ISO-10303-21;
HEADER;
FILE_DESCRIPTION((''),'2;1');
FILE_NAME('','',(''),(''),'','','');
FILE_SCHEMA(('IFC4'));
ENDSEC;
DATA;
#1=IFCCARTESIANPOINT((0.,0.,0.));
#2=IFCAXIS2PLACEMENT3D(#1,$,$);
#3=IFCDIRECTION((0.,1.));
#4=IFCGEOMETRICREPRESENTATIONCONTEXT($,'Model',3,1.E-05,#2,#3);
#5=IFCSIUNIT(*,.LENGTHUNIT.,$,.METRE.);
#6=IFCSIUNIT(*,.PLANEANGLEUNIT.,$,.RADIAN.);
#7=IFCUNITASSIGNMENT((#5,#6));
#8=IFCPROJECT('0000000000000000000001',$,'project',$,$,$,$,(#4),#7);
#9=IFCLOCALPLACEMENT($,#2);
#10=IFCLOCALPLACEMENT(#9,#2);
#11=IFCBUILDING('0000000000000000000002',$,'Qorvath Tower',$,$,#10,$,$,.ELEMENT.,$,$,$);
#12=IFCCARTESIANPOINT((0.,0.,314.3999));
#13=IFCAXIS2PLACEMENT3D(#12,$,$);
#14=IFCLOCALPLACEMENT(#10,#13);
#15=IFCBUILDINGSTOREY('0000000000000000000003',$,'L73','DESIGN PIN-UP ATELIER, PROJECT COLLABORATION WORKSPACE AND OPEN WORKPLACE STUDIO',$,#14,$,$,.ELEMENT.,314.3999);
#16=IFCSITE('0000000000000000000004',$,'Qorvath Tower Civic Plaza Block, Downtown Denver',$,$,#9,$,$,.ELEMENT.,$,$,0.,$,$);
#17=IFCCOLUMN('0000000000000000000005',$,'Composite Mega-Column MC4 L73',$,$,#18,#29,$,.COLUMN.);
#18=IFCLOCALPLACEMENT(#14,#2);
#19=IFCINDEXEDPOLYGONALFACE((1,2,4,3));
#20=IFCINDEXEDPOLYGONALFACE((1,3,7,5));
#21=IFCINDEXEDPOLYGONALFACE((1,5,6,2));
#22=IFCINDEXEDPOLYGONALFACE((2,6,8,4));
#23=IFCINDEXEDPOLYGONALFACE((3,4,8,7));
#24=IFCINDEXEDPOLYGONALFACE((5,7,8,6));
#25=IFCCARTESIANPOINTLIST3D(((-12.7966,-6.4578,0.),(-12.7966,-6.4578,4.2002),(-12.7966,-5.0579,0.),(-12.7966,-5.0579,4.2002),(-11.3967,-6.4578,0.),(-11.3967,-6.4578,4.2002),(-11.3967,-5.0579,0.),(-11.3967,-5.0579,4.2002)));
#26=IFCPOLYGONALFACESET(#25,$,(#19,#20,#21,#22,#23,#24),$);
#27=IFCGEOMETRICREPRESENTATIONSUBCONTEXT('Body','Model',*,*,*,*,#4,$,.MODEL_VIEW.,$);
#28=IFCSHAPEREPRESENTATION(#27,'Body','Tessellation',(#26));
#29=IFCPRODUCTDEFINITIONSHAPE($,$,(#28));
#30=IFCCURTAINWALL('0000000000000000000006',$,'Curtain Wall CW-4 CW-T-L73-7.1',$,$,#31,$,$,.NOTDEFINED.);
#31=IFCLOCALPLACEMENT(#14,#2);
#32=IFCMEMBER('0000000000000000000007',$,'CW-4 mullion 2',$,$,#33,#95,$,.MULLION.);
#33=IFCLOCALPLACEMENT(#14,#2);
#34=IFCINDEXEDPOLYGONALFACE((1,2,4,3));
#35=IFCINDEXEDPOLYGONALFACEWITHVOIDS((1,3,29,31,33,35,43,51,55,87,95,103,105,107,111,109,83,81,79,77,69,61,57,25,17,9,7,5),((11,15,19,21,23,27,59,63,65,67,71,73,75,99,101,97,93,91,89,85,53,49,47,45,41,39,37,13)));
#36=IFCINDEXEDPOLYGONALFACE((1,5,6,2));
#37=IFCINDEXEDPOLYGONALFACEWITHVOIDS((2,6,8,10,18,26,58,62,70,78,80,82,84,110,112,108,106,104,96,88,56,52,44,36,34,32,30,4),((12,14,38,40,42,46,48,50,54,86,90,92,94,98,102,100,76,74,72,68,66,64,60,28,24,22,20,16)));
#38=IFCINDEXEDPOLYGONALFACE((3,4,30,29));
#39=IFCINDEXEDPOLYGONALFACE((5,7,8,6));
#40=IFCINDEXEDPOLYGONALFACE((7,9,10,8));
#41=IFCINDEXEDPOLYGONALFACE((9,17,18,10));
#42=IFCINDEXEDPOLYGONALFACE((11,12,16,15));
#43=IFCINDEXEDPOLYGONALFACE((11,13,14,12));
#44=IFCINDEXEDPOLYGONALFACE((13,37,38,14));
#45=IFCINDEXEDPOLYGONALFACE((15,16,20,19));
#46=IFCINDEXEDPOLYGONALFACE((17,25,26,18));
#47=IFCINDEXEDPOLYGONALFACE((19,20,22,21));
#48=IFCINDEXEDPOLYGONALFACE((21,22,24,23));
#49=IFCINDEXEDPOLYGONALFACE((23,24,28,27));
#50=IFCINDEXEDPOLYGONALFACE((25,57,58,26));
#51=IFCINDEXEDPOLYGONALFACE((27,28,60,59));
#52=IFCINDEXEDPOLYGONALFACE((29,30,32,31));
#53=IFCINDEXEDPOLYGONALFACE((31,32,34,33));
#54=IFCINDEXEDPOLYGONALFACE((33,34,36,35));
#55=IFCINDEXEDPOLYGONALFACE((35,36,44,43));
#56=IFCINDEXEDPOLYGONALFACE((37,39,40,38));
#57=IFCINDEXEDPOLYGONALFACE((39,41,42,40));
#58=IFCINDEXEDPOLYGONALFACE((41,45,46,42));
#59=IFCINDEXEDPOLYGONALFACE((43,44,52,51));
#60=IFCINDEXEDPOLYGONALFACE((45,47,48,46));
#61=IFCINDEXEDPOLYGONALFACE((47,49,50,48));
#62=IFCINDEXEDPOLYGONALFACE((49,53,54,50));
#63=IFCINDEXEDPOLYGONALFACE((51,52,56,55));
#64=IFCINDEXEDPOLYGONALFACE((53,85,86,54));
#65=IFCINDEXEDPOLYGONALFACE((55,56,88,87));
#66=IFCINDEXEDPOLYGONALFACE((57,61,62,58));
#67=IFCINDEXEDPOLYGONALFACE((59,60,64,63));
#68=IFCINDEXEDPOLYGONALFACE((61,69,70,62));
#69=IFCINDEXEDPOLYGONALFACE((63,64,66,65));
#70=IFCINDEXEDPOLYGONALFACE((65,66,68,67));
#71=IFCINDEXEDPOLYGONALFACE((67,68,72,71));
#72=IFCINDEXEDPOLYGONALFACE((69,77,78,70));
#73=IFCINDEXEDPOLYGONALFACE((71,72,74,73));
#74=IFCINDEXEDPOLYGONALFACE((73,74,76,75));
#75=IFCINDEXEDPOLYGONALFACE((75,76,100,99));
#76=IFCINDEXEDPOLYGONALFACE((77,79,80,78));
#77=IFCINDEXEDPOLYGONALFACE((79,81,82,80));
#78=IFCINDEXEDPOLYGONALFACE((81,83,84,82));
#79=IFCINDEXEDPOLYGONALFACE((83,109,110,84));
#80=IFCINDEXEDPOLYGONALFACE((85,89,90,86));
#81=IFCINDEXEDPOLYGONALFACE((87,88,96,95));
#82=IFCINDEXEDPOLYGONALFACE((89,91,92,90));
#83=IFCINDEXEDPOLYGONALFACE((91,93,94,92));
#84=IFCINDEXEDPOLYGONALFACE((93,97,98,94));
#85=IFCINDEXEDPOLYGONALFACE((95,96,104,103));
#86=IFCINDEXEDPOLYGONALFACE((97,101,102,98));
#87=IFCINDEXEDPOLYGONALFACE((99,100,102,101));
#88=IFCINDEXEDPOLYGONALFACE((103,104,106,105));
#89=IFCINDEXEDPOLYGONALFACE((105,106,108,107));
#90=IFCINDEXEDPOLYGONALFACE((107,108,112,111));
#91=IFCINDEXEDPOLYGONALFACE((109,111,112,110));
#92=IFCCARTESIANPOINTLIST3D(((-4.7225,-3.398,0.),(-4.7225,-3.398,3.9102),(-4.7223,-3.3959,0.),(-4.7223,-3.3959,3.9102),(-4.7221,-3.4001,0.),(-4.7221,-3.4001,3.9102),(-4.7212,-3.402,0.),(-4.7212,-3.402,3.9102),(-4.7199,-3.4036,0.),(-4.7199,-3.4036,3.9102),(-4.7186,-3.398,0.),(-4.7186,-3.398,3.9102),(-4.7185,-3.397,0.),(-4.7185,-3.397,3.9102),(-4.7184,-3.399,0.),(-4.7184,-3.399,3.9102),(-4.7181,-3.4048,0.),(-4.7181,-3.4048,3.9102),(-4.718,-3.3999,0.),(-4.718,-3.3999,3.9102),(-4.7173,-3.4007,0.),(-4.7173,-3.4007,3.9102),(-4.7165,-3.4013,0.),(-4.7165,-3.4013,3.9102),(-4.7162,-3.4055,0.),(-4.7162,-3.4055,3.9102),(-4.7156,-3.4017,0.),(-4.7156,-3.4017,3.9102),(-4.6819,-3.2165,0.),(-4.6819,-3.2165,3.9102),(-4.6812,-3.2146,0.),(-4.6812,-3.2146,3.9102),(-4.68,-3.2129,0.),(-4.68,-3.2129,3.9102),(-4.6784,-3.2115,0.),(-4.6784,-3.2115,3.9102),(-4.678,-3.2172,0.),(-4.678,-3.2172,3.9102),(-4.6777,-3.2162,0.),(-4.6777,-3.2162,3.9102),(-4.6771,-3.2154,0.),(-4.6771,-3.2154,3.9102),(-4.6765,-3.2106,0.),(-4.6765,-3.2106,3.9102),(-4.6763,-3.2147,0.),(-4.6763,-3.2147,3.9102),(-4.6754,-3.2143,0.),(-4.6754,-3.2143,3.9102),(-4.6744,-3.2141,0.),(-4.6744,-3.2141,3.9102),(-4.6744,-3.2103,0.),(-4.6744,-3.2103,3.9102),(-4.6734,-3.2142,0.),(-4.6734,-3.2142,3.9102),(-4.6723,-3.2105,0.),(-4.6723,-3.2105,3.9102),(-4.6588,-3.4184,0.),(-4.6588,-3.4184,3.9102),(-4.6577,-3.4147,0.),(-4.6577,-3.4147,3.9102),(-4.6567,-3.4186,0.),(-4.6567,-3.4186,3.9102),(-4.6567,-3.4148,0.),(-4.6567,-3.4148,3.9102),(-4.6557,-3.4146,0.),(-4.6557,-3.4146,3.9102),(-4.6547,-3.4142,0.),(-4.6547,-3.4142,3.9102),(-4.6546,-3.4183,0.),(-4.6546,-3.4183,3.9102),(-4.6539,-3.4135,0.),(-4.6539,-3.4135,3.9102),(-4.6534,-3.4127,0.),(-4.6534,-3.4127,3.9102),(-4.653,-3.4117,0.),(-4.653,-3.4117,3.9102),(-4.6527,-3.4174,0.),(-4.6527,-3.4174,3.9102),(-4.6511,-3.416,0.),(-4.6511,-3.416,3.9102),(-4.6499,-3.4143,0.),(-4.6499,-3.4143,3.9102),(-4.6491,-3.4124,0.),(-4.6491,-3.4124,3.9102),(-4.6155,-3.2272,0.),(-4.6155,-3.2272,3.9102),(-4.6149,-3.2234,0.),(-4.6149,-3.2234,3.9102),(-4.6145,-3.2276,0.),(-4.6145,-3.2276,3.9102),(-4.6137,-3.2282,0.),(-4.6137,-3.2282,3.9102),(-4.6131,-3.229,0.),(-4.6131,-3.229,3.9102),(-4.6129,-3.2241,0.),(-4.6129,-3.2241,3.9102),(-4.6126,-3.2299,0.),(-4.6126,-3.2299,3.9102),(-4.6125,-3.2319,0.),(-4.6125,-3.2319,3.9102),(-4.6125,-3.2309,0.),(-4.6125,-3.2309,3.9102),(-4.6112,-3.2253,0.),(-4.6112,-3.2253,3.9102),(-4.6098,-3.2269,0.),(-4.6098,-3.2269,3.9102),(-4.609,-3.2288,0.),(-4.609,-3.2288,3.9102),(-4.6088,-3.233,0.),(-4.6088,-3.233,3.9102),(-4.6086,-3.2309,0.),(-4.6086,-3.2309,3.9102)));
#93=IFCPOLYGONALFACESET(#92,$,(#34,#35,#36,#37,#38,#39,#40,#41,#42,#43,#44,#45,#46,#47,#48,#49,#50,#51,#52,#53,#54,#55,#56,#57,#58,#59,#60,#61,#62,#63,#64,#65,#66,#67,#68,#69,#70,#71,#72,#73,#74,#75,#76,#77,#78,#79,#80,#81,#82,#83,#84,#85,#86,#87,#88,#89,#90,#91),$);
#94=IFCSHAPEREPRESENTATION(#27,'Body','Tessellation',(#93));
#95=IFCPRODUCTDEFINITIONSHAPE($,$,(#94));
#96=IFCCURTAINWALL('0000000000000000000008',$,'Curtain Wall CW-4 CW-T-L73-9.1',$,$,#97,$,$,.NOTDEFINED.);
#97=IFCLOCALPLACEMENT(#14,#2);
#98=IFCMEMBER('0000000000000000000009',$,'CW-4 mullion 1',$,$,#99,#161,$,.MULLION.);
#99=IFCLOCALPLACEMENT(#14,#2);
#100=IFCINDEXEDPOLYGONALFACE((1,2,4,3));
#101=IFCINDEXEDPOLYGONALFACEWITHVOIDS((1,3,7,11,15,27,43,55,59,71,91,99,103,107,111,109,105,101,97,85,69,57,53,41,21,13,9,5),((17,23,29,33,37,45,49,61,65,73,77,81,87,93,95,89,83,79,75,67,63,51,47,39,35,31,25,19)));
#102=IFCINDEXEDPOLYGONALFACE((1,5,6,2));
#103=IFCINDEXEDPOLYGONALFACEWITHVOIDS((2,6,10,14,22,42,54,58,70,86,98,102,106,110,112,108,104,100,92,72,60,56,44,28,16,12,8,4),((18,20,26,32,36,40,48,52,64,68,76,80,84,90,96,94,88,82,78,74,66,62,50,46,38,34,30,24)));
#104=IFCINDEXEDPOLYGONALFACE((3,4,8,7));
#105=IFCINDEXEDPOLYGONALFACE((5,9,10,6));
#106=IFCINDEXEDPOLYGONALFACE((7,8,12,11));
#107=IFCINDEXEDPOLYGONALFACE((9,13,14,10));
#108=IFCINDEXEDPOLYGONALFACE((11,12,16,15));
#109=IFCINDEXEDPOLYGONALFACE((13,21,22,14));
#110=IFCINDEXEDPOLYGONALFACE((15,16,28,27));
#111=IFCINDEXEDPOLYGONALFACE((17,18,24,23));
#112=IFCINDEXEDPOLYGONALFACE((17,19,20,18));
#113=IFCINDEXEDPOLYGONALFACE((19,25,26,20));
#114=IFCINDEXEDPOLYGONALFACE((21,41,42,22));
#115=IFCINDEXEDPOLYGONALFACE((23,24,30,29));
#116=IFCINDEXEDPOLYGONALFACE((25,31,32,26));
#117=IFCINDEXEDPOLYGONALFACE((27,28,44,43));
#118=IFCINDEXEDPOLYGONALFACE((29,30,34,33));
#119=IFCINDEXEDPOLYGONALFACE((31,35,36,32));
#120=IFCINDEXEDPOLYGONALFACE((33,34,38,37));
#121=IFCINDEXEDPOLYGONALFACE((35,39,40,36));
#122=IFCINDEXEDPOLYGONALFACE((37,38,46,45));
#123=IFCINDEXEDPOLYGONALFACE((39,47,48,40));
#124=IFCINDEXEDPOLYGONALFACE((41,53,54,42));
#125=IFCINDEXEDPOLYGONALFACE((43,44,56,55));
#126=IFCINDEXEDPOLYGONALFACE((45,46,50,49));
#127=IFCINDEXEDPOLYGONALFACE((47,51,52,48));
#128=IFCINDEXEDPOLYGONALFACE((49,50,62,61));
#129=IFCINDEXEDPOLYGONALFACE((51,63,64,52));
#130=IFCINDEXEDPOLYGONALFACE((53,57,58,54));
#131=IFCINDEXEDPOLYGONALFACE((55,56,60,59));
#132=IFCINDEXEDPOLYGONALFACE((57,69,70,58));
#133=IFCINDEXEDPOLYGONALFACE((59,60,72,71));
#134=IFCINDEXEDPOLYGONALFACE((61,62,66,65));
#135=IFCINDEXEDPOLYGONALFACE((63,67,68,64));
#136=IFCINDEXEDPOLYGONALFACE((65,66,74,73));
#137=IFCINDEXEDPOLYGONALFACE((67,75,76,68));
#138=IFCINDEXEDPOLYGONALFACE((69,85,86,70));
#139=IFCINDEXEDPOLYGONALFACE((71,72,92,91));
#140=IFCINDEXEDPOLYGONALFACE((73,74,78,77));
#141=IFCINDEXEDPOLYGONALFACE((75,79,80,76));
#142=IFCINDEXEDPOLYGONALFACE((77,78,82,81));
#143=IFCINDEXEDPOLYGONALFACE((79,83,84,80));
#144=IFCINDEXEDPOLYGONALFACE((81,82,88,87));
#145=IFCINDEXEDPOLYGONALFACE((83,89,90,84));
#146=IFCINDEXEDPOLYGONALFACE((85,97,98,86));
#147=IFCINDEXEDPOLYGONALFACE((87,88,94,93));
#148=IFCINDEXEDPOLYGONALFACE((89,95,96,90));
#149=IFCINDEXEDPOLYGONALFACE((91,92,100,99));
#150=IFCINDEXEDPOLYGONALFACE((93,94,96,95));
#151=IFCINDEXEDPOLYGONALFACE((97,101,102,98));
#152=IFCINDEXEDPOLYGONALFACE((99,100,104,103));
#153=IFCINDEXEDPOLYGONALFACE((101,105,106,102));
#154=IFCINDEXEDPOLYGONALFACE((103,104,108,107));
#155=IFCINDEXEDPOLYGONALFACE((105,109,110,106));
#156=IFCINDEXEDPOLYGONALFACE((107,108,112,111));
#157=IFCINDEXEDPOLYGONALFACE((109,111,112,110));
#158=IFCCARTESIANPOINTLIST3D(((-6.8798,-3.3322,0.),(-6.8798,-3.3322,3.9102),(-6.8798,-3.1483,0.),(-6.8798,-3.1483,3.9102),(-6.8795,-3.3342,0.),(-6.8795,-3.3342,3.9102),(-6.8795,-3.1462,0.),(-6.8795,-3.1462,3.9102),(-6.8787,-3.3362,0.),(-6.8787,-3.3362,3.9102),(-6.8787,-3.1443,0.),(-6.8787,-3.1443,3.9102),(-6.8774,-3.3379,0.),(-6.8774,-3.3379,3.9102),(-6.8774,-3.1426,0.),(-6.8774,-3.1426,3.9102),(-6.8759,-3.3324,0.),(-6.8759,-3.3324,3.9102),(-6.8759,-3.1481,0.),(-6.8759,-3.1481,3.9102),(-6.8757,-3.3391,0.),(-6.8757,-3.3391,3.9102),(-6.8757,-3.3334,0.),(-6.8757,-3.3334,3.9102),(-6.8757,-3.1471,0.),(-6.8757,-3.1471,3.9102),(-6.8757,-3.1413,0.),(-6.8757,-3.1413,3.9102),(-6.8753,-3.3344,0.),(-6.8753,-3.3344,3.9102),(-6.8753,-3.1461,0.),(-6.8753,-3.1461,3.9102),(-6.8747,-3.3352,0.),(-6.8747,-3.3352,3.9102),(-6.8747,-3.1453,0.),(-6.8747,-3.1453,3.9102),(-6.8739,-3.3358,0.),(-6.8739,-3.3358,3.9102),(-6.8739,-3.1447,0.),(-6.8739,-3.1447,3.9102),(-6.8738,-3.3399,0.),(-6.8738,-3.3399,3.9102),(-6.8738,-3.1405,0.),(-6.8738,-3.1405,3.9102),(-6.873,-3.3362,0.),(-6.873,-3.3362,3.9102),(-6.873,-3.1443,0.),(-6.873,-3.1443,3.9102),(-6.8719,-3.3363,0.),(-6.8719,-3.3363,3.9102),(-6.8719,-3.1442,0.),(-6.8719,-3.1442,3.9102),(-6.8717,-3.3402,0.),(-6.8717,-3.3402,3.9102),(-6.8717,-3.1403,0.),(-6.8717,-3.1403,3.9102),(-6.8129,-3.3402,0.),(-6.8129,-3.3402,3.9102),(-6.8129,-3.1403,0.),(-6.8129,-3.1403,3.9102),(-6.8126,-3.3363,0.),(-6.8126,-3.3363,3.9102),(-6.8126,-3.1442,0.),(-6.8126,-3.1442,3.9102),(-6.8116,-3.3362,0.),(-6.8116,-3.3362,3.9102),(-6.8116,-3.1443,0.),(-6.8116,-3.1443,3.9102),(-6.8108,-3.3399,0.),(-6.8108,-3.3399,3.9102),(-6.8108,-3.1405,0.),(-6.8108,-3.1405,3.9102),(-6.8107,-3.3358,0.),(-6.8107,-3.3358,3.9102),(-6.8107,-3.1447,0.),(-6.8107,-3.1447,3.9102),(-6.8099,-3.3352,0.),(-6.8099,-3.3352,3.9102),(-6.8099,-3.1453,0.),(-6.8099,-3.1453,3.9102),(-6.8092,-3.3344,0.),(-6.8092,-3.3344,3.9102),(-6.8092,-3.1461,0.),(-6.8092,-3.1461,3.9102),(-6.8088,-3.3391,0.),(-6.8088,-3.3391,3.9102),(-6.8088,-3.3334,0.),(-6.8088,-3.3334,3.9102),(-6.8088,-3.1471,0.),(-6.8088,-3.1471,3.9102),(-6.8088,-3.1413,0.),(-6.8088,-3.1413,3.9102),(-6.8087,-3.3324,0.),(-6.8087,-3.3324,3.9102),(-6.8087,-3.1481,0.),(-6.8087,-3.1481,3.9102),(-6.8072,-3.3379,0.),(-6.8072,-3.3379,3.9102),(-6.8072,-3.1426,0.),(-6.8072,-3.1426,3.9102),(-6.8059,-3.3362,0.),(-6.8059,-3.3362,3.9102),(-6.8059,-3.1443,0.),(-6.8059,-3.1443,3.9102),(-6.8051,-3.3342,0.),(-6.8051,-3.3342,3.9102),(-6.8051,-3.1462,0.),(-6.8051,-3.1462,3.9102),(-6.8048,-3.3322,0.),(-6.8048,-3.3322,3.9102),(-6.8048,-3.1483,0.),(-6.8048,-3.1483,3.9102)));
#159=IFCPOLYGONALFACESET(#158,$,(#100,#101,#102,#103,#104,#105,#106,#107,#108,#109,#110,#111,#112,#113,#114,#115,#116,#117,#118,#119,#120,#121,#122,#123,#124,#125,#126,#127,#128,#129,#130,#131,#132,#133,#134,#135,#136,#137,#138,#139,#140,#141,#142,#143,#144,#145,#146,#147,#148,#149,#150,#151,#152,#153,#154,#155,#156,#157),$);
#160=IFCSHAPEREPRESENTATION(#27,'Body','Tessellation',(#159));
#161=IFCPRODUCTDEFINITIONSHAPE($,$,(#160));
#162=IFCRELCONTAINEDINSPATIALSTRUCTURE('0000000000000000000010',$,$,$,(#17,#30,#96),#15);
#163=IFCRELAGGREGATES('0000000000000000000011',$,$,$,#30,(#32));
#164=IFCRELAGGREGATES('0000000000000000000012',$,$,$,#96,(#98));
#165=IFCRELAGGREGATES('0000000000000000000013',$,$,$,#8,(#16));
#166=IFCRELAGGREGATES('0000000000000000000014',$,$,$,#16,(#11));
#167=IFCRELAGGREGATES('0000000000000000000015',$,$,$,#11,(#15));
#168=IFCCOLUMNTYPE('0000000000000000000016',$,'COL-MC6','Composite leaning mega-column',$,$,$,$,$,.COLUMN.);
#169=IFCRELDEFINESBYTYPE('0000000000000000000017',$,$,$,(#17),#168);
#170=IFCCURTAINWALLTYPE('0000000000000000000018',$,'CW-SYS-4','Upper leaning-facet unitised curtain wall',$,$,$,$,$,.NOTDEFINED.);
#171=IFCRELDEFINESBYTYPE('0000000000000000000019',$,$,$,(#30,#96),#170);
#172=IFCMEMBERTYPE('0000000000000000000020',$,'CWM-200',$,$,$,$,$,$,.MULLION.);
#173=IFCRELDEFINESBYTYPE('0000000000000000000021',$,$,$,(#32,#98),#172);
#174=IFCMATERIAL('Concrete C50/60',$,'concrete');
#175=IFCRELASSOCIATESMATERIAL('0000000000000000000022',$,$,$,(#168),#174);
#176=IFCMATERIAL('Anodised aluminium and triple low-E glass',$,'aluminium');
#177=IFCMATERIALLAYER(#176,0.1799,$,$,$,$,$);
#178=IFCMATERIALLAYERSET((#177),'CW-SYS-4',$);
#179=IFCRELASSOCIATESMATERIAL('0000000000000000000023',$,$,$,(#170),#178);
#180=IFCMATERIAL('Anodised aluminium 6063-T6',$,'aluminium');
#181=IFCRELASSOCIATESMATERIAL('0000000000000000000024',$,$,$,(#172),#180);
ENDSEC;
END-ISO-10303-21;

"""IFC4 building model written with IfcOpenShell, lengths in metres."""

from ifc_helpers import new_model, si_unit, direction, frame, origin, origin_2d, place, context, subcontext, project, spatial, rectangle, hollow_rectangle, extrude, material, layer, layer_set, material_profile, profile_set, type_object, element, aggregate, save


model = new_model("IFC4")

# Units and contexts
model_context = context("Model", 3, precision=1e-05, world=origin(), true_north=direction((0.0, 1.0)))
body_context = subcontext(model_context, "Body", "Model", "MODEL_VIEW")
ifc_project = project(units=[si_unit("LENGTHUNIT", "METRE"), si_unit("PLANEANGLEUNIT", "RADIAN")], contexts=[model_context])

# Site, building, storey
site_placement = place(None, origin())
site = spatial("IfcSite", under=ifc_project, at=site_placement, Name="Qorvath Tower Civic Plaza Block, Downtown Denver", CompositionType="ELEMENT", RefElevation=0.0)
building_placement = place(site_placement, origin())
building = spatial("IfcBuilding", under=site, at=building_placement, Name="Qorvath Tower", CompositionType="ELEMENT")
storey_placement = place(building_placement, frame((0.0, 0.0, 314.3999)))
storey = spatial("IfcBuildingStorey", under=building, at=storey_placement, Name="L73", Description="DESIGN PIN-UP ATELIER, PROJECT COLLABORATION WORKSPACE AND OPEN WORKPLACE STUDIO", CompositionType="ELEMENT", Elevation=314.3999)

# Column
ifc_material_1 = material(Name="Concrete C50/60", Category="concrete")
ifc_material_profile_1 = material_profile(ifc_material_1, rectangle(XDim=1.3999, YDim=1.3999, at=origin_2d()), Name="MC 1400x1400")
ifc_profile_set_1 = profile_set([ifc_material_profile_1], Name="Concrete C50/60")
column_type = type_object("IfcColumnType", Name="COL-MC6", Description="Composite leaning mega-column", PredefinedType="COLUMN", material=ifc_profile_set_1)
column_placement = place(storey_placement, frame((-12.0967, -5.7578, 0.0), z_axis=(0.0, 0.0, 1.0), x_axis=(1.0, 0.0, 0.0)))
element("IfcColumn", 1, at=column_placement, inside=storey, type_object=column_type, Name="Composite Mega-Column MC4 L73", PredefinedType="COLUMN", context=body_context, shape_type="SweptSolid", body=[
    extrude(rectangle(XDim=1.3999, YDim=1.3999, at=origin_2d()), origin(), (0.0, 0.0, 1.0), 4.2002),
])

# Curtain wall, member
ifc_material_2 = material(Name="Anodised aluminium and triple low-E glass", Category="aluminium")
ifc_layer_1 = layer(ifc_material_2, 0.1799)
ifc_layer_set_1 = layer_set([ifc_layer_1], Name="CW-SYS-4")
curtain_wall_type = type_object("IfcCurtainWallType", Name="CW-SYS-4", Description="Upper leaning-facet unitised curtain wall", PredefinedType="NOTDEFINED", material=ifc_layer_set_1)
curtain_wall_1_placement = place(storey_placement, origin())
curtain_wall_1 = element("IfcCurtainWall", 2, at=curtain_wall_1_placement, inside=storey, type_object=curtain_wall_type, Name="Curtain Wall CW-4 CW-T-L73-7.1", PredefinedType="NOTDEFINED")
ifc_material_3 = material(Name="Anodised aluminium 6063-T6", Category="aluminium")
ifc_material_profile_2 = material_profile(ifc_material_3, hollow_rectangle(XDim=0.075, YDim=0.2, WallThickness=0.0039, InnerFilletRadius=0.0039, OuterFilletRadius=0.0081, at=origin_2d()), Name="CWM 200x75")
ifc_profile_set_2 = profile_set([ifc_material_profile_2], Name="Anodised aluminium 6063-T6")
member_type_1 = type_object("IfcMemberType", Name="CWM-200", PredefinedType="MULLION", material=ifc_profile_set_2)
member_1_placement = place(storey_placement, frame((-4.6655, -3.3145, 0.0), z_axis=(0.0, 0.0, 1.0), x_axis=(-0.975611, 0.219509, 0.0)))
member_1 = element("IfcMember", 3, at=member_1_placement, type_object=member_type_1, Name="CW-4 mullion 2", PredefinedType="MULLION", context=body_context, shape_type="SweptSolid", body=[
    extrude(hollow_rectangle(XDim=0.075, YDim=0.2, WallThickness=0.0039, InnerFilletRadius=0.0039, OuterFilletRadius=0.0081, at=origin_2d()), origin(), (0.0, 0.0, 1.0), 3.9102),
])

# Curtain wall, member
curtain_wall_2_placement = place(storey_placement, origin())
curtain_wall_2 = element("IfcCurtainWall", 4, at=curtain_wall_2_placement, inside=storey, type_object=curtain_wall_type, Name="Curtain Wall CW-4 CW-T-L73-9.1", PredefinedType="NOTDEFINED")
member_2_placement = place(storey_placement, frame((-6.8423, -3.2402, 0.0), z_axis=(0.0, 0.0, 1.0), x_axis=(-1.0, 0.0, 0.0)))
member_2 = element("IfcMember", 5, at=member_2_placement, type_object=member_type_1, Name="CW-4 mullion 1", PredefinedType="MULLION", context=body_context, shape_type="SweptSolid", body=[
    extrude(hollow_rectangle(XDim=0.075, YDim=0.2, WallThickness=0.0039, InnerFilletRadius=0.0039, OuterFilletRadius=0.0081, at=origin_2d()), origin(), (0.0, 0.0, 1.0), 3.9102),
])

aggregate(curtain_wall_1, [member_1])
aggregate(curtain_wall_2, [member_2])

save(model, "model.ifc")
